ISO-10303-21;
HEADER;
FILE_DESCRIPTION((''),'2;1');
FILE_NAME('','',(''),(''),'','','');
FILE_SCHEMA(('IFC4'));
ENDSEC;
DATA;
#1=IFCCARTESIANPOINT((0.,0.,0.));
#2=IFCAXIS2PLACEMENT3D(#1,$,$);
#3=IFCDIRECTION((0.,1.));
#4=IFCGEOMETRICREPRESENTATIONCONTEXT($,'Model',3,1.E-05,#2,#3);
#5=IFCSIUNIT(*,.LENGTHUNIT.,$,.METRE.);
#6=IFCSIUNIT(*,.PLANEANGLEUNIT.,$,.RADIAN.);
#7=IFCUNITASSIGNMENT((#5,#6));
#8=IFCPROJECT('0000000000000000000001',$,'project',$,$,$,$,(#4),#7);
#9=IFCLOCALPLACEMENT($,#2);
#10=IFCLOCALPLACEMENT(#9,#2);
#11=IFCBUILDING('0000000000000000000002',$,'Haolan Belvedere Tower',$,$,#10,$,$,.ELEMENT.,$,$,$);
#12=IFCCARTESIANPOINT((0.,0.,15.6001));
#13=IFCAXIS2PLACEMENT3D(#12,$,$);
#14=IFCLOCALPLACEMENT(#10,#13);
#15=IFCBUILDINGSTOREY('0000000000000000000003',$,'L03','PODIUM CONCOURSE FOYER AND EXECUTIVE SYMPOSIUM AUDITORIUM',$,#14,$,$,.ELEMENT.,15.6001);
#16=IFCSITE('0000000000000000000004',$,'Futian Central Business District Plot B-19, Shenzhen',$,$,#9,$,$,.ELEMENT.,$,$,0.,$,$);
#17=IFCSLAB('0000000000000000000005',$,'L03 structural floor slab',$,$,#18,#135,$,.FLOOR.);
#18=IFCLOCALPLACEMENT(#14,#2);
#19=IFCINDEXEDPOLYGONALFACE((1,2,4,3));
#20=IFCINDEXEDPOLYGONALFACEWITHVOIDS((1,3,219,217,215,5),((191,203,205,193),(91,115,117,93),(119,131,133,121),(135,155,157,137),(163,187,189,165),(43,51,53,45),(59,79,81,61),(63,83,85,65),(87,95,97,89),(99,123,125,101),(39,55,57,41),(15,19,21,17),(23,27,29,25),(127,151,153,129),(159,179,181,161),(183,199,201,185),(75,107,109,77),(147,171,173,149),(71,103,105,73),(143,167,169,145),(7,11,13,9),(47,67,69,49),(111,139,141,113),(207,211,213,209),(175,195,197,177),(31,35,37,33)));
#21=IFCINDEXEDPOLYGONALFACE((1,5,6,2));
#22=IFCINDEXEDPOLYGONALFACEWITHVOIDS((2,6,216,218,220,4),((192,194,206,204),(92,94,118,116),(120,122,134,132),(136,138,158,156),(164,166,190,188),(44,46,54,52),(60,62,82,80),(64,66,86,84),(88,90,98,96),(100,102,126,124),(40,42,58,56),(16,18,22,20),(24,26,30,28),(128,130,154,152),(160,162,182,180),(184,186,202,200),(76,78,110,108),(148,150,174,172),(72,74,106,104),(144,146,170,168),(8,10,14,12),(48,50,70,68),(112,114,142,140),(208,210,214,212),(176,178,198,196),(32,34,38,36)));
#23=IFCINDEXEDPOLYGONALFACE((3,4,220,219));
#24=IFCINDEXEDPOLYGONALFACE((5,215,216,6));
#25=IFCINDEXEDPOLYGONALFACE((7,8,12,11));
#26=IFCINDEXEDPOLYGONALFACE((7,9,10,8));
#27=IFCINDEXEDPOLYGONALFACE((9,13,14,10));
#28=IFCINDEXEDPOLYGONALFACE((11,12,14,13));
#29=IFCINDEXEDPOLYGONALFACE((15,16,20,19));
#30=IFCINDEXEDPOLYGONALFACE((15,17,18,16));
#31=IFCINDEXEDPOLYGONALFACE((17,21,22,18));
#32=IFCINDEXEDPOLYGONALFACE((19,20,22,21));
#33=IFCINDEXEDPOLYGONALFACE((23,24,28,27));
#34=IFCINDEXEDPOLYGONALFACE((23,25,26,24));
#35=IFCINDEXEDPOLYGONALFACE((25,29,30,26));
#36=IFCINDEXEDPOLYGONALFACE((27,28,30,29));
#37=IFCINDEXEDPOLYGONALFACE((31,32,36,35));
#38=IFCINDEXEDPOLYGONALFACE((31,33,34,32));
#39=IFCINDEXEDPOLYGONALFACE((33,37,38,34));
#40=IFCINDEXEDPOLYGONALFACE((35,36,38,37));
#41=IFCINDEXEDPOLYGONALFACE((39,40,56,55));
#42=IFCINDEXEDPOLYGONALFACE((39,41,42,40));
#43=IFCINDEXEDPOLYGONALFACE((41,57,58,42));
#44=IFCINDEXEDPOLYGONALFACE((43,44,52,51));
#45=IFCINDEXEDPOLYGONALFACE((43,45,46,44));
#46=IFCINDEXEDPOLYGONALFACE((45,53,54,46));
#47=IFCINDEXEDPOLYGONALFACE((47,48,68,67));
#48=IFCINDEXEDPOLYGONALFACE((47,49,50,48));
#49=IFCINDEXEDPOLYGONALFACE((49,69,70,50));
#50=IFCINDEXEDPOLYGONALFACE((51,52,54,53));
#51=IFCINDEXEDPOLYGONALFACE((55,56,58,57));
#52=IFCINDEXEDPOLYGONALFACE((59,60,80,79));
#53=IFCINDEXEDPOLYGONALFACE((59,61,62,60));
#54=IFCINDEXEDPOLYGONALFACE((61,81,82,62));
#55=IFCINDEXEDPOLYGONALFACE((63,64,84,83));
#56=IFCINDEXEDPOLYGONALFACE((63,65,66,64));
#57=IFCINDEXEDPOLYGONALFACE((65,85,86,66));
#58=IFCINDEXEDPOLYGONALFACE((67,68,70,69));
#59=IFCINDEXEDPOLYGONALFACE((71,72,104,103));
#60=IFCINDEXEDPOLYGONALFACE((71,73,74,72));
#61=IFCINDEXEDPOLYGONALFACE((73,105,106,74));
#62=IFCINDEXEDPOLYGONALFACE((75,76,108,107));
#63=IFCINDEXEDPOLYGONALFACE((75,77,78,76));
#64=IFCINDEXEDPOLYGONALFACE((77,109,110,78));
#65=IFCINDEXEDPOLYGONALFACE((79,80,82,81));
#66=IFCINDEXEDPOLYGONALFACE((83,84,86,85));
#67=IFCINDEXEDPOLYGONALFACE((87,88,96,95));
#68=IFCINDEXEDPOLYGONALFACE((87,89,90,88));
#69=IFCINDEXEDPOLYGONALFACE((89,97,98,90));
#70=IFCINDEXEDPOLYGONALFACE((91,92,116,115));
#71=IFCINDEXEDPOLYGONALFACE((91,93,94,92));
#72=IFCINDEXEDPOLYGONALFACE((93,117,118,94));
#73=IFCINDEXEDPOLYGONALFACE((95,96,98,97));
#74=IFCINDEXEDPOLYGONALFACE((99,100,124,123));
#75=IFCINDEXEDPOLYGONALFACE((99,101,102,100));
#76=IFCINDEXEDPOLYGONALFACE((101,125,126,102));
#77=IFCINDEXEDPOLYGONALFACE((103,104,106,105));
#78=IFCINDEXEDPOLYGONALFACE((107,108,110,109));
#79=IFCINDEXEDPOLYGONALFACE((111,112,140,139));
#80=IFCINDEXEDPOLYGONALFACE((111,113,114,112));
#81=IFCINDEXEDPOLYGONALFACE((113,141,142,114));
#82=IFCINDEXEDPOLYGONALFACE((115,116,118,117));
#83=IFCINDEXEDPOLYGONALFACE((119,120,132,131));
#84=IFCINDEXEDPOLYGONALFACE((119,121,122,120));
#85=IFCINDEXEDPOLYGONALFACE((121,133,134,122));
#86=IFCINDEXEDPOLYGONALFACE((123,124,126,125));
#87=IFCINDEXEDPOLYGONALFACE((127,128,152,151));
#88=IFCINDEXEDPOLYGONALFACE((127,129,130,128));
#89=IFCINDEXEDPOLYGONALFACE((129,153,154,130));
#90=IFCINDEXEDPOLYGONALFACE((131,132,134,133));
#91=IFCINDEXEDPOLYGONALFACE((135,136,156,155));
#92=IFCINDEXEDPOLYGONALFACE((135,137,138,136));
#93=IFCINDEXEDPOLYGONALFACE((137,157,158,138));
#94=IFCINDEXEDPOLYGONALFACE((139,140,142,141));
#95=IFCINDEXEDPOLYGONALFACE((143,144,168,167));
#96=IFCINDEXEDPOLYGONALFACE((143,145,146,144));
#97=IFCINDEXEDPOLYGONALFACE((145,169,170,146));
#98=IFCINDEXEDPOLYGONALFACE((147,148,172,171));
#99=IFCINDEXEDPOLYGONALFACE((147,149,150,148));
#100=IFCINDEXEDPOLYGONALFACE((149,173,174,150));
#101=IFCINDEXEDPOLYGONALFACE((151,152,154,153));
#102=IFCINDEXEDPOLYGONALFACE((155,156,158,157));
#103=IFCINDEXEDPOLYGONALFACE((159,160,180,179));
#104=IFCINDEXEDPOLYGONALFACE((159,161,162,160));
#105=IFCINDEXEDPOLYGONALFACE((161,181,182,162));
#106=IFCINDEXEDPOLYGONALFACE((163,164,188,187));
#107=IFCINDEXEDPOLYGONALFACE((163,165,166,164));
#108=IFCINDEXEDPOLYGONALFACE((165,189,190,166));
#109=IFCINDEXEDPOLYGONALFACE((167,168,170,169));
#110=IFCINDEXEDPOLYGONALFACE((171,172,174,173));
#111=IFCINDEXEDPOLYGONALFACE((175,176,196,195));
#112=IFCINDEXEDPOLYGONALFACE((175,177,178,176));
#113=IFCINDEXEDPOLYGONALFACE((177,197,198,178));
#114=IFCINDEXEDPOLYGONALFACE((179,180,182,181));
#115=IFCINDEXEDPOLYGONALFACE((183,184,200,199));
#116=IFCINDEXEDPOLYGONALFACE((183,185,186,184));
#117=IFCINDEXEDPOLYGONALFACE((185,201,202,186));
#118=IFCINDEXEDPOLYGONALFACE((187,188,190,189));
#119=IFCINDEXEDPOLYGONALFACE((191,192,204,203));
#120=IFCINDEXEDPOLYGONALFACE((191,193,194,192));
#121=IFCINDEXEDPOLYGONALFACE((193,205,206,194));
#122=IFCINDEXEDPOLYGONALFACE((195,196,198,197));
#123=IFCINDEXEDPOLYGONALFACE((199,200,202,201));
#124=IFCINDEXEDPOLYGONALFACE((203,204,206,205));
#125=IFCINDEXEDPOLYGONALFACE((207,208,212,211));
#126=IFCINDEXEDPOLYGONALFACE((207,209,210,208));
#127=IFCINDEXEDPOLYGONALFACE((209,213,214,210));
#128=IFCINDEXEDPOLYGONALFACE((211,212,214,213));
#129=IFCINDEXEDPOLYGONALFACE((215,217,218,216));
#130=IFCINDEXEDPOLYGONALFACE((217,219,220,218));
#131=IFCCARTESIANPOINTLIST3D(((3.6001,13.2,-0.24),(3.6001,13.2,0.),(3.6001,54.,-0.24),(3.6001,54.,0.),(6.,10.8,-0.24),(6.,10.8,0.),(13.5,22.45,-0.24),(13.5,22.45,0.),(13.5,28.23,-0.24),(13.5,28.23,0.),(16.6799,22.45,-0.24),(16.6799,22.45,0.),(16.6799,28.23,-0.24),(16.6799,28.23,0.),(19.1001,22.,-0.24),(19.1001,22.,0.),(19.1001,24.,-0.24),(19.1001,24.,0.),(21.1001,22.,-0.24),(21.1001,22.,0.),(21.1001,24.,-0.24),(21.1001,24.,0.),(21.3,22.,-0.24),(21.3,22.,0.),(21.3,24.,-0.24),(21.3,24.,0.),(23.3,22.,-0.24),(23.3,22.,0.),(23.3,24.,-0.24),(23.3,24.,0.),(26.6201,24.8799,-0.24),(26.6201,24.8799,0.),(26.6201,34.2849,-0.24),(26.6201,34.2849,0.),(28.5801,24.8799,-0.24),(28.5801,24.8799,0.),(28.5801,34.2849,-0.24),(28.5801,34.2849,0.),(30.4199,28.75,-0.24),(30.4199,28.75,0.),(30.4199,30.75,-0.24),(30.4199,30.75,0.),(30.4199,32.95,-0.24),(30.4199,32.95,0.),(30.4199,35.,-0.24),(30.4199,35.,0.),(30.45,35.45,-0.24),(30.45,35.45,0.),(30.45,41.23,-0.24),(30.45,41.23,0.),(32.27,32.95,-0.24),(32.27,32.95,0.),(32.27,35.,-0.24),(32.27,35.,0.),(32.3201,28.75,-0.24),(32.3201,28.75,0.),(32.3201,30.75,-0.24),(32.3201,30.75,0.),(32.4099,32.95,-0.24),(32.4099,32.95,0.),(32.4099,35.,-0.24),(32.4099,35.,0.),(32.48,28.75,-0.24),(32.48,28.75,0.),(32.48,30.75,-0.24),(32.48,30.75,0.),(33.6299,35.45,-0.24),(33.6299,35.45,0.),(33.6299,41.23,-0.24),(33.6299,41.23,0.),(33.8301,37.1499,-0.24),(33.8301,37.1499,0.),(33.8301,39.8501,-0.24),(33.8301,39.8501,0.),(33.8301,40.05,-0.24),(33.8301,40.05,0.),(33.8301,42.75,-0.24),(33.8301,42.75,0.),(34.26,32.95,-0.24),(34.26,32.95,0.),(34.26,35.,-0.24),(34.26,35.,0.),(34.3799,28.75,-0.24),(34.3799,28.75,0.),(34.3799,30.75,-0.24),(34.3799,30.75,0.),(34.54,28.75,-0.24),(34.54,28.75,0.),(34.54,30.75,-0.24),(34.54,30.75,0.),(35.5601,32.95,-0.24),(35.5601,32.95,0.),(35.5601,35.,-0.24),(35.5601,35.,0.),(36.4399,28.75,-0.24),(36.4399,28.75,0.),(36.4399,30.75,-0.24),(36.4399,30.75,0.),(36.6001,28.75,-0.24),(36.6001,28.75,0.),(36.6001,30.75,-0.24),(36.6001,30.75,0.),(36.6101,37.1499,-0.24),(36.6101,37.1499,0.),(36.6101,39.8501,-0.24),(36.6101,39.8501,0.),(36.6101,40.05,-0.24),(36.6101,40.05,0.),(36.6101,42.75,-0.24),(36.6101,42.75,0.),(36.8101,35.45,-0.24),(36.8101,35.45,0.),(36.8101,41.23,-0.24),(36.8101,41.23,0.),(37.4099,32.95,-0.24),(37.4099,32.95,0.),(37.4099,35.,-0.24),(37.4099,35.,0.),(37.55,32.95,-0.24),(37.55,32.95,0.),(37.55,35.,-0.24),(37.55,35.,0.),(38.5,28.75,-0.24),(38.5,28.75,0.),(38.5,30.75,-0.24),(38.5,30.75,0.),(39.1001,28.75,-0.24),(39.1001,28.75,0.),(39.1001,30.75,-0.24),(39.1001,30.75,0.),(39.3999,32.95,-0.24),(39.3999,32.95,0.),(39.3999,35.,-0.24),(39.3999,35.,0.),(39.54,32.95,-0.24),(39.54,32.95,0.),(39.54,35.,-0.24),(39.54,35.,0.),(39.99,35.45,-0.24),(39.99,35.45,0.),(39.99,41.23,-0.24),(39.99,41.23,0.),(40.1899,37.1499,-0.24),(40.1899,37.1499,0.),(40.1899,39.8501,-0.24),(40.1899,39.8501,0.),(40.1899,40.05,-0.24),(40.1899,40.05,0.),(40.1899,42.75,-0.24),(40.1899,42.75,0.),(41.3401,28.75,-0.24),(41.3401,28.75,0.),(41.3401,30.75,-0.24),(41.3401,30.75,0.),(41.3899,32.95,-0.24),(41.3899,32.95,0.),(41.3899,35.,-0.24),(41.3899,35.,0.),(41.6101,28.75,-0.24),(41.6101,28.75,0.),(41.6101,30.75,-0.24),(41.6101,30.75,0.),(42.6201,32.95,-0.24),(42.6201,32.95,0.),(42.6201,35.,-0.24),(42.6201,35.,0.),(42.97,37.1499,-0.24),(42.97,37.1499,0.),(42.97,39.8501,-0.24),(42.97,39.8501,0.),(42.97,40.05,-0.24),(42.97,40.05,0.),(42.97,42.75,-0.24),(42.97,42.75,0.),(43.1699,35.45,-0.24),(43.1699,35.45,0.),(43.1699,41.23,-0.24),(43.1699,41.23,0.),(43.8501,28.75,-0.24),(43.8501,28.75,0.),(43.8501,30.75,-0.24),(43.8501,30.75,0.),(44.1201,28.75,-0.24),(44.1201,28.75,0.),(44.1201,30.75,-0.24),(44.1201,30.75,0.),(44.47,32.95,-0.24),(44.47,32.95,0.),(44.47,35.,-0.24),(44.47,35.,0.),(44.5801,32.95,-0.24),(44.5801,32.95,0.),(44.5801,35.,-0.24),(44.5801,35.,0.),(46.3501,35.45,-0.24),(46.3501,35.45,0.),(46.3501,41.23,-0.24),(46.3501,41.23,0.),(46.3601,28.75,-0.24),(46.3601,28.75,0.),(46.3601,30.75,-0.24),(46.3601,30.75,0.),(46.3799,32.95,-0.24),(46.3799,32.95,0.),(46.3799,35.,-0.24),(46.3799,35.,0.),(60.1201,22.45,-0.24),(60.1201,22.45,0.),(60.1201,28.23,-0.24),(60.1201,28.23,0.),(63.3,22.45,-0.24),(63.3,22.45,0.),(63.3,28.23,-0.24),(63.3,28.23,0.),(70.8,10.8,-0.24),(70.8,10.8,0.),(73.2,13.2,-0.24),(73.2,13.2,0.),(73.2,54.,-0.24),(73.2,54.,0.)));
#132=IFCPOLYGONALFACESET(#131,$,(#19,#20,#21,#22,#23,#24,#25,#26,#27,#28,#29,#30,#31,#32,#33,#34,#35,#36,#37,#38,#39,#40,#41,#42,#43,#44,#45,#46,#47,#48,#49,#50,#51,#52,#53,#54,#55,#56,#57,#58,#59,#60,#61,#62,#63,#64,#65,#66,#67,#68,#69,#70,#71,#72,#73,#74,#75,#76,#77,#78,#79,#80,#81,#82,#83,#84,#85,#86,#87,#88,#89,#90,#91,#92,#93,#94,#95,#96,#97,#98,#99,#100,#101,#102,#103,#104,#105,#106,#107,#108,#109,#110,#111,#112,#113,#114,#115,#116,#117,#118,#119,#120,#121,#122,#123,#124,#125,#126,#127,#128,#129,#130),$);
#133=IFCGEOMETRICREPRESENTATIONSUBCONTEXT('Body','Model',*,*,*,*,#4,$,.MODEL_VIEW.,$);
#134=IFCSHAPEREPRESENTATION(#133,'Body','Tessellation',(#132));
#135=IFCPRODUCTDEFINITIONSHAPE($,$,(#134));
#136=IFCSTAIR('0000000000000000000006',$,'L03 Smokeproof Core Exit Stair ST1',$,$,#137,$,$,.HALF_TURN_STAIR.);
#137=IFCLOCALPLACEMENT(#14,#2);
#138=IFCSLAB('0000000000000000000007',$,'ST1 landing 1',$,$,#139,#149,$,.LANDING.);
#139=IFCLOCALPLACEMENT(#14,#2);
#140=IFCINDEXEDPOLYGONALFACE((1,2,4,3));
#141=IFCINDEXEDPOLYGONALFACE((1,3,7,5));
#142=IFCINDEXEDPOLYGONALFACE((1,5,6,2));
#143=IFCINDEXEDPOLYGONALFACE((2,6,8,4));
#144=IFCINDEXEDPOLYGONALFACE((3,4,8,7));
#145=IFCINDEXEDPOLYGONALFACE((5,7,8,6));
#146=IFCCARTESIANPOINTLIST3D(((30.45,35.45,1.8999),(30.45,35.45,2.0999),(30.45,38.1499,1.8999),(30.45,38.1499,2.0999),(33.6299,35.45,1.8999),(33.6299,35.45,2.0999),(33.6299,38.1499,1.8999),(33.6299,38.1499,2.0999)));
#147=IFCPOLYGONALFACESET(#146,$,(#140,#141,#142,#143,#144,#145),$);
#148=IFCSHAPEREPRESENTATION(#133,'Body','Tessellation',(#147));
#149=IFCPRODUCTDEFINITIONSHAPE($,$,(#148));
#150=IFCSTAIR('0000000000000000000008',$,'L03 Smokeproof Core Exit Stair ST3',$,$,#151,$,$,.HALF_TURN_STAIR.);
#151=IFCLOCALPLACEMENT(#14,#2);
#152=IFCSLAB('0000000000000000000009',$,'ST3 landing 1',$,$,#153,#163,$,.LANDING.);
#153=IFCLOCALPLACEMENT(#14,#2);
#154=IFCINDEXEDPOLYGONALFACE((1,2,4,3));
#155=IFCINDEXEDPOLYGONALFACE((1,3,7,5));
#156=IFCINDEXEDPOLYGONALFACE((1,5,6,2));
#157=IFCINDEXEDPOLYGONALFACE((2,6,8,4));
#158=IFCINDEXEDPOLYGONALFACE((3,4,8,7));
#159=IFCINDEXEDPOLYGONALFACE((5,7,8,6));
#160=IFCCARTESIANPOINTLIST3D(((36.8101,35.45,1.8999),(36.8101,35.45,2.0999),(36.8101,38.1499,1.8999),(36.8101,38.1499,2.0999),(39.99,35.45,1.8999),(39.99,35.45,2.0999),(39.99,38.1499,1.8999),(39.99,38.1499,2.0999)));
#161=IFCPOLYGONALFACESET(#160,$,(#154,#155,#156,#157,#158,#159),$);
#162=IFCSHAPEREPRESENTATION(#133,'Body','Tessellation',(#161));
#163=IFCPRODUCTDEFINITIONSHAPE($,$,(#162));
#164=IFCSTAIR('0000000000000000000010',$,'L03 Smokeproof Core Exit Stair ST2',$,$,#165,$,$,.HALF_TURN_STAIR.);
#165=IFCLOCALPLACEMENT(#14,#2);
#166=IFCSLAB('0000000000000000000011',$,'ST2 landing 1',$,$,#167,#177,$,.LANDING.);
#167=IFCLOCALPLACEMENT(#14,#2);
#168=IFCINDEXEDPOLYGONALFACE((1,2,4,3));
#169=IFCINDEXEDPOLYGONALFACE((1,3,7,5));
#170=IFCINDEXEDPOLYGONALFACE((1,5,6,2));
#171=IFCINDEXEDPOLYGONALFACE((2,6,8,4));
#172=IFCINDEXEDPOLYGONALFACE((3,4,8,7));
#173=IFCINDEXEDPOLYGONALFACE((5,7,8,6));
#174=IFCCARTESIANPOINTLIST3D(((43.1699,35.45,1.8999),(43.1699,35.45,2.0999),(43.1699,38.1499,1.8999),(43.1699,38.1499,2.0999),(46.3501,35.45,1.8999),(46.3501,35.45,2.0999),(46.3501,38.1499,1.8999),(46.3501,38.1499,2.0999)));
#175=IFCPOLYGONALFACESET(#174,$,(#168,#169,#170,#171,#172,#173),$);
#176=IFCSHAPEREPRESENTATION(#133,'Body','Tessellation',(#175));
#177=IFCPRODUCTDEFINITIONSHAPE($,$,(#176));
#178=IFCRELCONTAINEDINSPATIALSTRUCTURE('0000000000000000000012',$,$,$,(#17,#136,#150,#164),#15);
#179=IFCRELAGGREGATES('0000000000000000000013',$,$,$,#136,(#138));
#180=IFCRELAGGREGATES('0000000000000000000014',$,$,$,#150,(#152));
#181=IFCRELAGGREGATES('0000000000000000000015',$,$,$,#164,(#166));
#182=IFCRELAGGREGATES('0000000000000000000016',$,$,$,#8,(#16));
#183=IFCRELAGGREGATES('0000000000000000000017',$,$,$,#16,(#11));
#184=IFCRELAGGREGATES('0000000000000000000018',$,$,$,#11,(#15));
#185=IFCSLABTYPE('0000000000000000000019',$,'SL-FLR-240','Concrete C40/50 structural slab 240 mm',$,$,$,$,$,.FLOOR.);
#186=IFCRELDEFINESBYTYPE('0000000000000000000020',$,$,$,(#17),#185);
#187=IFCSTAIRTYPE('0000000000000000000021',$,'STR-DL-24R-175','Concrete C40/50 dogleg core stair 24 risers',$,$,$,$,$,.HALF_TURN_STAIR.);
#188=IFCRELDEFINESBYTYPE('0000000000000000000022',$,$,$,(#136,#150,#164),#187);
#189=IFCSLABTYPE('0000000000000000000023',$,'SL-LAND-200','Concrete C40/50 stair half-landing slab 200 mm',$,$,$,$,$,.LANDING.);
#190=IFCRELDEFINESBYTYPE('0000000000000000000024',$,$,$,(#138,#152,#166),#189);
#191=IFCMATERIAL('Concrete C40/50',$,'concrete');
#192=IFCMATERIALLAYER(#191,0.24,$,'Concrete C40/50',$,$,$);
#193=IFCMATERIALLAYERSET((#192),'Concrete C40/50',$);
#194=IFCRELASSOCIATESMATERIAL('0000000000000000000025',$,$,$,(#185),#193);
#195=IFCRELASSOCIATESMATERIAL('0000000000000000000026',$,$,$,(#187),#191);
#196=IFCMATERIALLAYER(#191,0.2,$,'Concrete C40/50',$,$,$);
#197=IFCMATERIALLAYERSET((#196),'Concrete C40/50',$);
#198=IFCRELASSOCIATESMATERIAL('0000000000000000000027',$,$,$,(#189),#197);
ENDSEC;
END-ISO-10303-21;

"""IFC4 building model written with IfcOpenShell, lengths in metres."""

from ifc_helpers import new_model, si_unit, direction, frame, origin, place, context, subcontext, project, spatial, polyline, outline, extrude, material, layer, layer_set, type_object, element, aggregate, save


model = new_model("IFC4")

# Units and contexts
model_context = context("Model", 3, precision=1e-05, world=origin(), true_north=direction((0.0, 1.0)))
body_context = subcontext(model_context, "Body", "Model", "MODEL_VIEW")
ifc_project = project(units=[si_unit("LENGTHUNIT", "METRE"), si_unit("PLANEANGLEUNIT", "RADIAN")], contexts=[model_context])

# Site, building, storey
site_placement = place(None, origin())
site = spatial("IfcSite", under=ifc_project, at=site_placement, Name="Futian Central Business District Plot B-19, Shenzhen", CompositionType="ELEMENT", RefElevation=0.0)
building_placement = place(site_placement, origin())
building = spatial("IfcBuilding", under=site, at=building_placement, Name="Haolan Belvedere Tower", CompositionType="ELEMENT")
storey_placement = place(building_placement, frame((0.0, 0.0, 15.6001)))
storey = spatial("IfcBuildingStorey", under=building, at=storey_placement, Name="L03", Description="PODIUM CONCOURSE FOYER AND EXECUTIVE SYMPOSIUM AUDITORIUM", CompositionType="ELEMENT", Elevation=15.6001)

# Slab
ifc_material_1 = material(Name="Concrete C40/50", Category="concrete")
ifc_layer_1 = layer(ifc_material_1, 0.24, Name="Concrete C40/50")
ifc_layer_set_1 = layer_set([ifc_layer_1], Name="Concrete C40/50")
slab_type_1 = type_object("IfcSlabType", Name="SL-FLR-240", Description="Concrete C40/50 structural slab 240 mm", PredefinedType="FLOOR", material=ifc_layer_set_1)
slab_1_placement = place(storey_placement, frame((0.0, 0.0, -0.24)))
element("IfcSlab", 1, at=slab_1_placement, inside=storey, type_object=slab_type_1, Name="L03 structural floor slab", PredefinedType="FLOOR", context=body_context, shape_type="SweptSolid", body=[
    extrude(outline(polyline([(6.0, 10.8), (70.8, 10.8), (73.2, 13.2), (73.2, 54.0), (3.6001, 54.0), (3.6001, 13.2), (6.0, 10.8)]), holes=[polyline([(30.45, 41.23), (30.45, 35.45), (33.6299, 35.45), (33.6299, 41.23), (30.45, 41.23)]), polyline([(36.8101, 41.23), (36.8101, 35.45), (39.99, 35.45), (39.99, 41.23), (36.8101, 41.23)]), polyline([(43.1699, 41.23), (43.1699, 35.45), (46.3501, 35.45), (46.3501, 41.23), (43.1699, 41.23)]), polyline([(13.5, 28.23), (13.5, 22.45), (16.6799, 22.45), (16.6799, 28.23), (13.5, 28.23)]), polyline([(60.1201, 28.23), (60.1201, 22.45), (63.3, 22.45), (63.3, 28.23), (60.1201, 28.23)]), polyline([(26.6201, 24.8799), (28.5801, 24.8799), (28.5801, 34.2849), (26.6201, 34.2849), (26.6201, 24.8799)]), polyline([(33.8301, 40.05), (36.6101, 40.05), (36.6101, 42.75), (33.8301, 42.75), (33.8301, 40.05)]), polyline([(33.8301, 37.1499), (36.6101, 37.1499), (36.6101, 39.8501), (33.8301, 39.8501), (33.8301, 37.1499)]), polyline([(40.1899, 40.05), (42.97, 40.05), (42.97, 42.75), (40.1899, 42.75), (40.1899, 40.05)]), polyline([(40.1899, 37.1499), (42.97, 37.1499), (42.97, 39.8501), (40.1899, 39.8501), (40.1899, 37.1499)]), polyline([(30.4199, 32.95), (32.27, 32.95), (32.27, 35.0), (30.4199, 35.0), (30.4199, 32.95)]), polyline([(32.4099, 32.95), (34.26, 32.95), (34.26, 35.0), (32.4099, 35.0), (32.4099, 32.95)]), polyline([(35.5601, 32.95), (37.4099, 32.95), (37.4099, 35.0), (35.5601, 35.0), (35.5601, 32.95)]), polyline([(37.55, 32.95), (39.3999, 32.95), (39.3999, 35.0), (37.55, 35.0), (37.55, 32.95)]), polyline([(39.54, 32.95), (41.3899, 32.95), (41.3899, 35.0), (39.54, 35.0), (39.54, 32.95)]), polyline([(42.6201, 32.95), (44.47, 32.95), (44.47, 35.0), (42.6201, 35.0), (42.6201, 32.95)]), polyline([(44.5801, 32.95), (46.3799, 32.95), (46.3799, 35.0), (44.5801, 35.0), (44.5801, 32.95)]), polyline([(30.4199, 28.75), (32.3201, 28.75), (32.3201, 30.75), (30.4199, 30.75), (30.4199, 28.75)]), polyline([(32.48, 28.75), (34.3799, 28.75), (34.3799, 30.75), (32.48, 30.75), (32.48, 28.75)]), polyline([(34.54, 28.75), (36.4399, 28.75), (36.4399, 30.75), (34.54, 30.75), (34.54, 28.75)]), polyline([(36.6001, 28.75), (38.5, 28.75), (38.5, 30.75), (36.6001, 30.75), (36.6001, 28.75)]), polyline([(39.1001, 28.75), (41.3401, 28.75), (41.3401, 30.75), (39.1001, 30.75), (39.1001, 28.75)]), polyline([(41.6101, 28.75), (43.8501, 28.75), (43.8501, 30.75), (41.6101, 30.75), (41.6101, 28.75)]), polyline([(44.1201, 28.75), (46.3601, 28.75), (46.3601, 30.75), (44.1201, 30.75), (44.1201, 28.75)]), polyline([(19.1001, 22.0), (21.1001, 22.0), (21.1001, 24.0), (19.1001, 24.0), (19.1001, 22.0)]), polyline([(21.3, 22.0), (23.3, 22.0), (23.3, 24.0), (21.3, 24.0), (21.3, 22.0)])]), origin(), (0.0, 0.0, 1.0), 0.24),
])

# Stairs, slabs
stair_type = type_object("IfcStairType", Name="STR-DL-24R-175", Description="Concrete C40/50 dogleg core stair 24 risers", PredefinedType="HALF_TURN_STAIR", material=ifc_material_1)
stair_1_placement = place(storey_placement, origin())
stair_1 = element("IfcStair", 2, at=stair_1_placement, inside=storey, type_object=stair_type, Name="L03 Smokeproof Core Exit Stair ST1", PredefinedType="HALF_TURN_STAIR")
ifc_layer_2 = layer(ifc_material_1, 0.2, Name="Concrete C40/50")
ifc_layer_set_2 = layer_set([ifc_layer_2], Name="Concrete C40/50")
slab_type_2 = type_object("IfcSlabType", Name="SL-LAND-200", Description="Concrete C40/50 stair half-landing slab 200 mm", PredefinedType="LANDING", material=ifc_layer_set_2)
slab_2_placement = place(storey_placement, frame((0.0, 0.0, 1.8999)))
slab_2 = element("IfcSlab", 3, at=slab_2_placement, type_object=slab_type_2, Name="ST1 landing 1", PredefinedType="LANDING", context=body_context, shape_type="SweptSolid", body=[
    extrude(outline(polyline([(30.45, 38.1499), (30.45, 35.45), (33.6299, 35.45), (33.6299, 38.1499), (30.45, 38.1499)])), origin(), (0.0, 0.0, 1.0), 0.2),
])
aggregate(stair_1, [slab_2])
stair_2_placement = place(storey_placement, origin())
stair_2 = element("IfcStair", 4, at=stair_2_placement, inside=storey, type_object=stair_type, Name="L03 Smokeproof Core Exit Stair ST3", PredefinedType="HALF_TURN_STAIR")
slab_3_placement = place(storey_placement, frame((0.0, 0.0, 1.8999)))
slab_3 = element("IfcSlab", 5, at=slab_3_placement, type_object=slab_type_2, Name="ST3 landing 1", PredefinedType="LANDING", context=body_context, shape_type="SweptSolid", body=[
    extrude(outline(polyline([(36.8101, 38.1499), (36.8101, 35.45), (39.99, 35.45), (39.99, 38.1499), (36.8101, 38.1499)])), origin(), (0.0, 0.0, 1.0), 0.2),
])
aggregate(stair_2, [slab_3])
stair_3_placement = place(storey_placement, origin())
stair_3 = element("IfcStair", 6, at=stair_3_placement, inside=storey, type_object=stair_type, Name="L03 Smokeproof Core Exit Stair ST2", PredefinedType="HALF_TURN_STAIR")
slab_4_placement = place(storey_placement, frame((0.0, 0.0, 1.8999)))
slab_4 = element("IfcSlab", 7, at=slab_4_placement, type_object=slab_type_2, Name="ST2 landing 1", PredefinedType="LANDING", context=body_context, shape_type="SweptSolid", body=[
    extrude(outline(polyline([(43.1699, 38.1499), (43.1699, 35.45), (46.3501, 35.45), (46.3501, 38.1499), (43.1699, 38.1499)])), origin(), (0.0, 0.0, 1.0), 0.2),
])
aggregate(stair_3, [slab_4])

save(model, "model.ifc")
